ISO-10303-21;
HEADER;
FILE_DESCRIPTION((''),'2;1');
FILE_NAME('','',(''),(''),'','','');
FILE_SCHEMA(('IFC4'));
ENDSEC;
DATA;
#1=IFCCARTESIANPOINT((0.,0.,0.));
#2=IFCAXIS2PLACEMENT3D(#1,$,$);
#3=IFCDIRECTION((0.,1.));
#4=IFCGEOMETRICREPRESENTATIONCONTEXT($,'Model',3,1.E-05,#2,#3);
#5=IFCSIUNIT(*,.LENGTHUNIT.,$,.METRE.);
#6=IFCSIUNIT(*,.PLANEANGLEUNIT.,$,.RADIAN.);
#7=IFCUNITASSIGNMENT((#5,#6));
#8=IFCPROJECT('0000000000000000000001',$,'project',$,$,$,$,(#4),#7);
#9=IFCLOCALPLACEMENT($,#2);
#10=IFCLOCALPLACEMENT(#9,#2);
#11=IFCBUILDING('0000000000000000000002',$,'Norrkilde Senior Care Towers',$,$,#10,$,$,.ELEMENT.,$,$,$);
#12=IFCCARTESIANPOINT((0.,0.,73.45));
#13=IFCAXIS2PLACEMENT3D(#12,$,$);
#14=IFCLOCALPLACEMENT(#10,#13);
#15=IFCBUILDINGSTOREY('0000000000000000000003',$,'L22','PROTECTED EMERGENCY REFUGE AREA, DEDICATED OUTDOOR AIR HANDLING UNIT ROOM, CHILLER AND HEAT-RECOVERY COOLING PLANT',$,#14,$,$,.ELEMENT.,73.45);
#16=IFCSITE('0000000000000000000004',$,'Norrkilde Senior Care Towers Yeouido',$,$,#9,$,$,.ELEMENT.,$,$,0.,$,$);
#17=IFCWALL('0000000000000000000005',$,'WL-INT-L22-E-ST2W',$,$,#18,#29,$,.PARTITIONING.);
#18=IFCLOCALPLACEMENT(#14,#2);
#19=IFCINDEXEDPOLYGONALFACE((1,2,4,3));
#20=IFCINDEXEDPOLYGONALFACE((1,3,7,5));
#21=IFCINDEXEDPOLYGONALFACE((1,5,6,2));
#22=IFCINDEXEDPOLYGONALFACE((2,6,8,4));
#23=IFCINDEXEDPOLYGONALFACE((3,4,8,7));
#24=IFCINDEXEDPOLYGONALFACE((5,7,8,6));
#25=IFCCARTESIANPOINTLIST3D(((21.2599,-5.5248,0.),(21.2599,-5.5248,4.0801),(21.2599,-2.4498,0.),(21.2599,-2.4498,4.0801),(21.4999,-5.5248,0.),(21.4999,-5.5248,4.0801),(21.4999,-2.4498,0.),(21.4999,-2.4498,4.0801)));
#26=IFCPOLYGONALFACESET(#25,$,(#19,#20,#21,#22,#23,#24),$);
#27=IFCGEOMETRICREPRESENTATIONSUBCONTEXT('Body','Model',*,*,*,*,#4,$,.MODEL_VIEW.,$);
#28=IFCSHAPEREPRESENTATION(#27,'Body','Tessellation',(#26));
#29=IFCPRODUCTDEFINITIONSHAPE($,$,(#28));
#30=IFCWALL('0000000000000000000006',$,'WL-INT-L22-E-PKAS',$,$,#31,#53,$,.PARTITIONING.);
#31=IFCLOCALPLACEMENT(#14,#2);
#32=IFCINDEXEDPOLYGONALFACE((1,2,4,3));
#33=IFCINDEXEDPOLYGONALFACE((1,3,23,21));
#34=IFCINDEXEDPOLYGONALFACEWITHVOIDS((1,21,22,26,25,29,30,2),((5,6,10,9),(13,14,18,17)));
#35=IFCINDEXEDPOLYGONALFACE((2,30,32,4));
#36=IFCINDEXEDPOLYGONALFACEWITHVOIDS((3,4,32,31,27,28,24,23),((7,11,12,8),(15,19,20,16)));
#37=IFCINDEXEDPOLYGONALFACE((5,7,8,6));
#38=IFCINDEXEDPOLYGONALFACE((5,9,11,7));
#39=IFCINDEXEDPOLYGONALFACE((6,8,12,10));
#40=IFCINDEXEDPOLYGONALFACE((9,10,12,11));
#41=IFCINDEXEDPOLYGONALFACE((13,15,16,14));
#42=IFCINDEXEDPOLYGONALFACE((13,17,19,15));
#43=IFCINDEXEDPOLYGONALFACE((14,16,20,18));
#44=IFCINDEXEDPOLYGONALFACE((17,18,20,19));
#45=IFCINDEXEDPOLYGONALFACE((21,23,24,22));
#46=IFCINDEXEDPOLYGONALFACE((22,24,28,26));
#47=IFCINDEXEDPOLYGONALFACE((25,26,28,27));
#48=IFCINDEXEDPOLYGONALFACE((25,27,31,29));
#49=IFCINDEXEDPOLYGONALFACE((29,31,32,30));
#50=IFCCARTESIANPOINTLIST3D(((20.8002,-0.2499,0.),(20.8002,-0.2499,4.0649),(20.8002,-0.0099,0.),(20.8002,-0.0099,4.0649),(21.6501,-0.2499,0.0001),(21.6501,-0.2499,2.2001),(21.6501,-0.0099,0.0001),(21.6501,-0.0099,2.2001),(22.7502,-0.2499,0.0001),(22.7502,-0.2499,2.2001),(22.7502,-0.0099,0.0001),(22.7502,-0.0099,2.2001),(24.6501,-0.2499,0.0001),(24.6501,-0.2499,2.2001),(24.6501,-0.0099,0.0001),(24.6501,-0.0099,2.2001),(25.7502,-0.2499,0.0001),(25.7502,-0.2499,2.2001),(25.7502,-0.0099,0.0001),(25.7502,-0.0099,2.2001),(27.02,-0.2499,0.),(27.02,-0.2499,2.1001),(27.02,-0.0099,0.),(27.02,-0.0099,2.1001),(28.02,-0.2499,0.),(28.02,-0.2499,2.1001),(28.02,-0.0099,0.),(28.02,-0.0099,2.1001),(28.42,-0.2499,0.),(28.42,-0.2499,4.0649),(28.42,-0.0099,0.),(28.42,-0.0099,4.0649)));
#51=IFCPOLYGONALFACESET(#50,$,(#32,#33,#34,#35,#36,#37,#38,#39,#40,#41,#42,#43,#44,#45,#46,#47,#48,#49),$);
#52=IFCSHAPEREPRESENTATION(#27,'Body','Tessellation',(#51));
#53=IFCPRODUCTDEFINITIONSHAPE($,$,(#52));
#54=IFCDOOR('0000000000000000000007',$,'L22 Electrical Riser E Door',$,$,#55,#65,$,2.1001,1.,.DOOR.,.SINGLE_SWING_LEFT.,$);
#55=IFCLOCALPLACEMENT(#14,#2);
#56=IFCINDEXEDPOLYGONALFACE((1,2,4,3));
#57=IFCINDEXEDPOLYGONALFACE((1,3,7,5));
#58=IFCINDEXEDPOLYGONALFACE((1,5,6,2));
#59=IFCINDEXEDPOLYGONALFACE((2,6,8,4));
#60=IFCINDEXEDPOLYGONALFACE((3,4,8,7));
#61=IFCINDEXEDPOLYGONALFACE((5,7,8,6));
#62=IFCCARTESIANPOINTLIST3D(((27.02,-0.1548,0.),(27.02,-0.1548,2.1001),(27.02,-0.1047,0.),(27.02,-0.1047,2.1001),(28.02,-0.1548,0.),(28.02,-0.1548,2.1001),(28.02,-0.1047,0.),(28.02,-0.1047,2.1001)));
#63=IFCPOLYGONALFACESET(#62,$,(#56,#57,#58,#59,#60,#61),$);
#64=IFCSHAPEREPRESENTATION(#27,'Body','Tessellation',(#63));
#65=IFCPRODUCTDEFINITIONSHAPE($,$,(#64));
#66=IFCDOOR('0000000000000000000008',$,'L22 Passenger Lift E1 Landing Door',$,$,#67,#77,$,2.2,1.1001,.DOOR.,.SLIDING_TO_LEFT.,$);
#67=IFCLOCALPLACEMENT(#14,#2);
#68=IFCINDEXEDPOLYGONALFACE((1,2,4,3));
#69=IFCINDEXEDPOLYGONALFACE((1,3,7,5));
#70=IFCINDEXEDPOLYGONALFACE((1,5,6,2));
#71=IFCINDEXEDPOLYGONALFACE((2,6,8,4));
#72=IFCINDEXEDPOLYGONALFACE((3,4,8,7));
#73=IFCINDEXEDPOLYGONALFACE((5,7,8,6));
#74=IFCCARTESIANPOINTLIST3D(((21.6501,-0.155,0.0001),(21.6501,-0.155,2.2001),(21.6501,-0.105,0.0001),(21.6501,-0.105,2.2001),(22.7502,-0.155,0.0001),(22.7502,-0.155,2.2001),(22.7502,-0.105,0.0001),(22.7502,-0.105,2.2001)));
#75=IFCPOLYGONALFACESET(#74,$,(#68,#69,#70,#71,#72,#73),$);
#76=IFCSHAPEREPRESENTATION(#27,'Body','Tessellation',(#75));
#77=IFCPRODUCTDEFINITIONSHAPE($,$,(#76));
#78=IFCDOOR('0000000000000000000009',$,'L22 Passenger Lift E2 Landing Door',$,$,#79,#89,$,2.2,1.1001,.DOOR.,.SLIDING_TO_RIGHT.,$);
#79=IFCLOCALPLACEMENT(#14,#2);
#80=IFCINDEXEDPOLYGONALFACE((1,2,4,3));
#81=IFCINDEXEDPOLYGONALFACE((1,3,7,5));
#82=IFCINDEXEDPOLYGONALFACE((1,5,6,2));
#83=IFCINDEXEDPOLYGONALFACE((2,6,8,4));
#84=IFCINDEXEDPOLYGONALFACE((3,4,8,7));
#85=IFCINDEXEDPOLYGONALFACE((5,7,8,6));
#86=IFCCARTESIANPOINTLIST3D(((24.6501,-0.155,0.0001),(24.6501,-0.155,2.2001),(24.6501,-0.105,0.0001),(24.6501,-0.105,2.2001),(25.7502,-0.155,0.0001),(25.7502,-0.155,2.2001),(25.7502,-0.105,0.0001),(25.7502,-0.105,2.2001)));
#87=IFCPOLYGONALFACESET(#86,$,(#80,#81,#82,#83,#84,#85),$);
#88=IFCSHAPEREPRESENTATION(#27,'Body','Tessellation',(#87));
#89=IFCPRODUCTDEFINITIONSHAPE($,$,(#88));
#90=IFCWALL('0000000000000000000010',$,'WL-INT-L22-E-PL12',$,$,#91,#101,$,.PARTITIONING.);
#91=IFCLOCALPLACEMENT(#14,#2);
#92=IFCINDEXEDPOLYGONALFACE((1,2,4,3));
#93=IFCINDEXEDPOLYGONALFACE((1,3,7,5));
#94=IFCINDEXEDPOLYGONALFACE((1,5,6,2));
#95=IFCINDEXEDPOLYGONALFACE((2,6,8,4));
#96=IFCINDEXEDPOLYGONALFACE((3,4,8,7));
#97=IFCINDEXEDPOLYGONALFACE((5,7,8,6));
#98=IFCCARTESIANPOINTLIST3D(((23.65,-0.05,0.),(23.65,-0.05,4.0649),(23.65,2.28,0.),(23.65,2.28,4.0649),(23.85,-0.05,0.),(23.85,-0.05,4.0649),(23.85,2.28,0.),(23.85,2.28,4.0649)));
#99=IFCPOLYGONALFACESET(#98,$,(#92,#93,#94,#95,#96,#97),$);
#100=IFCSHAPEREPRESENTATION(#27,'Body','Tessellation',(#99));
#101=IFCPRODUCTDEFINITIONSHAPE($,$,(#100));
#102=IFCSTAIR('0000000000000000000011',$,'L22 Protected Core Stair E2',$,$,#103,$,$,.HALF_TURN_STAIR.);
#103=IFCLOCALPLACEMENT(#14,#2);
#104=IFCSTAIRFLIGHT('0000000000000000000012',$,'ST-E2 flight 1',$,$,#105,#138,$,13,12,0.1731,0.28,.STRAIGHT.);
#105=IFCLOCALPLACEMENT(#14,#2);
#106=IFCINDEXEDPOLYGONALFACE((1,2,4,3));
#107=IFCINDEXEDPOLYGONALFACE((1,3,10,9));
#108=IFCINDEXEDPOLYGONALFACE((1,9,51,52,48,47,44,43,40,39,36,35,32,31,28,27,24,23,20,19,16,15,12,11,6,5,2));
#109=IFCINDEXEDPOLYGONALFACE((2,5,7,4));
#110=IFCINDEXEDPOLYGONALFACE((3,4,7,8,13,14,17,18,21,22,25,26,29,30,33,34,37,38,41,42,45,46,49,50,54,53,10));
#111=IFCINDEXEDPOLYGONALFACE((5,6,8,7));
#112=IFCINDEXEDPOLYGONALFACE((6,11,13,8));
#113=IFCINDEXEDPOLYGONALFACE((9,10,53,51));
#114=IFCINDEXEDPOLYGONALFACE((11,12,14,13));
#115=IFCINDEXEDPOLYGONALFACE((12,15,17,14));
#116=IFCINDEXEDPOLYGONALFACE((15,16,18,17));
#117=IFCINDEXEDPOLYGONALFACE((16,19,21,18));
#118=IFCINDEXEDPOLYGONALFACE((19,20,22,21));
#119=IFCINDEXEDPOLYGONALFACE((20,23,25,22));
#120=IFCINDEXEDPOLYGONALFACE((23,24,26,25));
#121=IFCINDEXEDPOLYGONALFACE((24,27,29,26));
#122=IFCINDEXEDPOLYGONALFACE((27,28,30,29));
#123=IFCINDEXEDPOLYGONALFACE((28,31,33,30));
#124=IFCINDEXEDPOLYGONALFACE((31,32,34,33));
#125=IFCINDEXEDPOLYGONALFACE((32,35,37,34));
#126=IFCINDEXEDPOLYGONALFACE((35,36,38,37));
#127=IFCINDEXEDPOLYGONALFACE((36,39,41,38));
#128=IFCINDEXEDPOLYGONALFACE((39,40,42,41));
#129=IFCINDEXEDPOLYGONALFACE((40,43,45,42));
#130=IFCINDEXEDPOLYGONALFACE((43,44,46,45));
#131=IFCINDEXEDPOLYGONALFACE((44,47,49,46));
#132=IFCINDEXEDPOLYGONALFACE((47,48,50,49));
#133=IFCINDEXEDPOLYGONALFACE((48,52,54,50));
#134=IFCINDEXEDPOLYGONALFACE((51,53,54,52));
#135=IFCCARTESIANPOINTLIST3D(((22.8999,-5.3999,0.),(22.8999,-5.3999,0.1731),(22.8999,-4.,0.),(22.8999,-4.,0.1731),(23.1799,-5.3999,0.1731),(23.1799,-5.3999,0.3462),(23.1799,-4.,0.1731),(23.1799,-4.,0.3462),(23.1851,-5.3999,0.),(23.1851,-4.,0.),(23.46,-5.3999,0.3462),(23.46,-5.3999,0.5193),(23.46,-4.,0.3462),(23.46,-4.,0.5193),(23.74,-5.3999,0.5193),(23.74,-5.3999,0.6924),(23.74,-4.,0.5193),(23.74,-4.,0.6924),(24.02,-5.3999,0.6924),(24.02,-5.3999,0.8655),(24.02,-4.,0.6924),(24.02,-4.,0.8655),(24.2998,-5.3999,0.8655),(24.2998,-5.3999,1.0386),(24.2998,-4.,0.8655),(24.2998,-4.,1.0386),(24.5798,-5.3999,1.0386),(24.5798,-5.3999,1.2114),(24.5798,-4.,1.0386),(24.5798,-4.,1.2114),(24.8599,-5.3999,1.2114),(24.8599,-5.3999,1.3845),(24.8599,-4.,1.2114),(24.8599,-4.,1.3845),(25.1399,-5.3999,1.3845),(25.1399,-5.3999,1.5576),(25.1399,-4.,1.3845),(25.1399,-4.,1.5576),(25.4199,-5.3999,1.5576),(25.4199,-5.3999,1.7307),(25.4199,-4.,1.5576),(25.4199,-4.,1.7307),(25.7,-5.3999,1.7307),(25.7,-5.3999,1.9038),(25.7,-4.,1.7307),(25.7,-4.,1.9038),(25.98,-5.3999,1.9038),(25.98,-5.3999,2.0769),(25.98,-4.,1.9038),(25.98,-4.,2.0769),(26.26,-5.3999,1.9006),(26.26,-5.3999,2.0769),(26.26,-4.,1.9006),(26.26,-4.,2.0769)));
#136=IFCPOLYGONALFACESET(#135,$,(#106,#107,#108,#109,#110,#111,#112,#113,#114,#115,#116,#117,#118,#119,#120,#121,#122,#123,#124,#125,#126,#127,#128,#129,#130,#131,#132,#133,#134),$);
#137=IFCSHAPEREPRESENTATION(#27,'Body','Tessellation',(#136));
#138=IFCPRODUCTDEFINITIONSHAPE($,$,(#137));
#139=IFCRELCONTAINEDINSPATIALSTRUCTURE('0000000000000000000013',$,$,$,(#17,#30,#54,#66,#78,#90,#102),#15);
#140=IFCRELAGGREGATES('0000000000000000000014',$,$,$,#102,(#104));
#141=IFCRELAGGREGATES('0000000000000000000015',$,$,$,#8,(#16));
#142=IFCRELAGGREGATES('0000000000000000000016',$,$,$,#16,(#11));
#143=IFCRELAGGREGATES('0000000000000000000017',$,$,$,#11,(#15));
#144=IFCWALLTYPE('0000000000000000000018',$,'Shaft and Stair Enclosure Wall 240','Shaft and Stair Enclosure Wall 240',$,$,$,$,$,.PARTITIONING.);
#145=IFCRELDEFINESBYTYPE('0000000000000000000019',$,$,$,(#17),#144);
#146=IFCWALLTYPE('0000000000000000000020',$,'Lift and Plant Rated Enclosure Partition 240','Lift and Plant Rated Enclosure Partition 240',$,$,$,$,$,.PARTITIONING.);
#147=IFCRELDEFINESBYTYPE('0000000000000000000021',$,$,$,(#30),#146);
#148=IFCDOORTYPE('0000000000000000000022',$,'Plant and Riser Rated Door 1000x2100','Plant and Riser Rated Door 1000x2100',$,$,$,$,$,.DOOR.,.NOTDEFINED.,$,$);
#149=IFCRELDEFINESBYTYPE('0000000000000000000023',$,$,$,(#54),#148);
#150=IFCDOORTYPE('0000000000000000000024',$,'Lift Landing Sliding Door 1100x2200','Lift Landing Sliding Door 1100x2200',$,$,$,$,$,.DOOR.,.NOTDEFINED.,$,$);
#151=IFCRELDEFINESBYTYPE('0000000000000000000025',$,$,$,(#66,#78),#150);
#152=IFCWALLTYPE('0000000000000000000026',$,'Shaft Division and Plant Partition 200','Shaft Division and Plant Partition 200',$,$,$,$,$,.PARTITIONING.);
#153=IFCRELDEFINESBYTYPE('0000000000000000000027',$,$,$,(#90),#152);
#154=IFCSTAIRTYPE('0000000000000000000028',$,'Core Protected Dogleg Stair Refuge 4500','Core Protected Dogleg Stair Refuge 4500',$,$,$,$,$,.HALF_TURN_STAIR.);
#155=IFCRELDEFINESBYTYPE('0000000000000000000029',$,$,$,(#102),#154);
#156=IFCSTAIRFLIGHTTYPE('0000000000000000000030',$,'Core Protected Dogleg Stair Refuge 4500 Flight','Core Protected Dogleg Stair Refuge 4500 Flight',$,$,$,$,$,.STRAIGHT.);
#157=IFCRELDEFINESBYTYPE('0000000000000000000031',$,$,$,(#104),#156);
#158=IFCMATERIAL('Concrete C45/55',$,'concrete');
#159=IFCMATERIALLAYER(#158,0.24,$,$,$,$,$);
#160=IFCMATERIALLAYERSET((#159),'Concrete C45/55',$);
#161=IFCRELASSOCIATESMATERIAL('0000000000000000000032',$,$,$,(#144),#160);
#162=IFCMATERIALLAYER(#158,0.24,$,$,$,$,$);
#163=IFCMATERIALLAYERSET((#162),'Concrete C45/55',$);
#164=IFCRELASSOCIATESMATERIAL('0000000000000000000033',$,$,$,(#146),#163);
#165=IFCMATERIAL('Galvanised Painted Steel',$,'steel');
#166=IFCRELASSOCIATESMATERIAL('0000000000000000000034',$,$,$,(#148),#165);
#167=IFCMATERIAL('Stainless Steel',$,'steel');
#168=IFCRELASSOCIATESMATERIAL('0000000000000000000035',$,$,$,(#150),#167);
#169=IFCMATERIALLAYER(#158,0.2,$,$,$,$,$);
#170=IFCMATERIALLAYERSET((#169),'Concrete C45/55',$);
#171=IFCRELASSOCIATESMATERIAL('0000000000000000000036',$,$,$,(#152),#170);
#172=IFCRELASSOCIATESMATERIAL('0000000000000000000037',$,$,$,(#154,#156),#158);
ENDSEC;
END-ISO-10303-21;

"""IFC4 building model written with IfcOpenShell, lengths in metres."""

from ifc_helpers import new_model, si_unit, direction, frame, frame_2d, origin, place, context, subcontext, project, spatial, polyline, rectangle, outline, extrude, source, transform, mapped, material, layer, layer_set, type_object, type_shapes, element, fill, aggregate, save


model = new_model("IFC4")

# Units and contexts
model_context = context("Model", 3, precision=1e-05, world=origin(), true_north=direction((0.0, 1.0)))
body_context = subcontext(model_context, "Body", "Model", "MODEL_VIEW")
ifc_project = project(units=[si_unit("LENGTHUNIT", "METRE"), si_unit("PLANEANGLEUNIT", "RADIAN")], contexts=[model_context])

# Site, building, storey
site_placement = place(None, origin())
site = spatial("IfcSite", under=ifc_project, at=site_placement, Name="Norrkilde Senior Care Towers Yeouido", CompositionType="ELEMENT", RefElevation=0.0)
building_placement = place(site_placement, origin())
building = spatial("IfcBuilding", under=site, at=building_placement, Name="Norrkilde Senior Care Towers", CompositionType="ELEMENT")
storey_placement = place(building_placement, frame((0.0, 0.0, 73.45)))
storey = spatial("IfcBuildingStorey", under=building, at=storey_placement, Name="L22", Description="PROTECTED EMERGENCY REFUGE AREA, DEDICATED OUTDOOR AIR HANDLING UNIT ROOM, CHILLER AND HEAT-RECOVERY COOLING PLANT", CompositionType="ELEMENT", Elevation=73.45)

# Shared definitions
ifc_material_1 = material(Name="Galvanised Painted Steel", Category="steel")
ifc_material_2 = material(Name="Concrete C45/55", Category="concrete")
ifc_layer_1 = layer(ifc_material_2, 0.24)
ifc_layer_set_1 = layer_set([ifc_layer_1], Name="Concrete C45/55")
wall_type_1 = type_object("IfcWallType", Name="Shaft and Stair Enclosure Wall 240", Description="Shaft and Stair Enclosure Wall 240", PredefinedType="PARTITIONING", material=ifc_layer_set_1)

# Wall
shared_shape_1 = source(origin(), body_context, "Body", "SweptSolid", [
    extrude(rectangle(XDim=3.075, YDim=0.24, at=frame_2d((1.5376, 0.0))), origin(), (0.0, 0.0, 1.0), 4.0801),
])
wall_1_placement = place(storey_placement, frame((21.3799, -5.5249, 0.0), z_axis=(0.0, 0.0, 1.0), x_axis=(0.0, 1.0, 0.0)))
element("IfcWall", 1, at=wall_1_placement, inside=storey, type_object=wall_type_1, Name="WL-INT-L22-E-ST2W", PredefinedType="PARTITIONING", context=body_context, shape_type="MappedRepresentation", body=[
    mapped(shared_shape_1, transform((0.0, 0.0, 0.0), x_axis=(1.0, 0.0, 0.0), y_axis=(0.0, 1.0, 0.0), z_axis=(0.0, 0.0, 1.0), scale=1.0)),
])

# Wall, openings, doors
ifc_layer_2 = layer(ifc_material_2, 0.24)
ifc_layer_set_2 = layer_set([ifc_layer_2], Name="Concrete C45/55")
wall_type_2 = type_object("IfcWallType", Name="Lift and Plant Rated Enclosure Partition 240", Description="Lift and Plant Rated Enclosure Partition 240", PredefinedType="PARTITIONING", material=ifc_layer_set_2)
shared_shape_2 = source(origin(), body_context, "Body", "SweptSolid", [
    extrude(rectangle(XDim=7.6199, YDim=0.24, at=frame_2d((3.8101, 0.0))), origin(), (0.0, 0.0, 1.0), 4.0649),
])
type_shapes(wall_type_2, [shared_shape_2])
wall_2_placement = place(storey_placement, frame((20.8, -0.1299, 0.0), z_axis=(0.0, 0.0, 1.0), x_axis=(1.0, 0.0, 0.0)))
wall_2 = element("IfcWall", 2, at=wall_2_placement, inside=storey, type_object=wall_type_2, Name="WL-INT-L22-E-PKAS", PredefinedType="PARTITIONING", context=body_context, shape_type="MappedRepresentation", body=[
    mapped(shared_shape_2, transform((0.0, 0.0, 0.0), x_axis=(1.0, 0.0, 0.0), y_axis=(0.0, 1.0, 0.0), z_axis=(0.0, 0.0, 1.0), scale=1.0)),
])
opening_1_placement = place(wall_2_placement, frame((6.22, 0.0, 0.0)))
opening_1 = element("IfcOpeningElement", 3, at=opening_1_placement, cuts=wall_2, PredefinedType="OPENING", context=body_context, shape_type="SweptSolid", body=[
    extrude(rectangle(XDim=1.0, YDim=2.1001, at=frame_2d((0.5, 1.05))), frame((0.0, 0.1299, 0.0), z_axis=(0.0, -1.0, 0.0), x_axis=(1.0, 0.0, 0.0)), (0.0, 0.0, 1.0), 0.26),
])
opening_2_placement = place(wall_2_placement, frame((0.8501, 0.0, 0.0)))
opening_2 = element("IfcOpeningElement", 4, at=opening_2_placement, cuts=wall_2, PredefinedType="OPENING", context=body_context, shape_type="SweptSolid", body=[
    extrude(rectangle(XDim=1.1001, YDim=2.2, at=frame_2d((0.55, 1.1001))), frame((0.0, 0.1299, 0.0), z_axis=(0.0, -1.0, 0.0), x_axis=(1.0, 0.0, 0.0)), (0.0, 0.0, 1.0), 0.26),
])
opening_3_placement = place(wall_2_placement, frame((3.8501, 0.0, 0.0)))
opening_3 = element("IfcOpeningElement", 5, at=opening_3_placement, cuts=wall_2, PredefinedType="OPENING", context=body_context, shape_type="SweptSolid", body=[
    extrude(rectangle(XDim=1.1001, YDim=2.2, at=frame_2d((0.55, 1.1001))), frame((0.0, 0.1299, 0.0), z_axis=(0.0, -1.0, 0.0), x_axis=(1.0, 0.0, 0.0)), (0.0, 0.0, 1.0), 0.26),
])
door_type_1 = type_object("IfcDoorType", Name="Plant and Riser Rated Door 1000x2100", Description="Plant and Riser Rated Door 1000x2100", OperationType="NOTDEFINED", PredefinedType="DOOR", material=ifc_material_1)
shared_shape_3 = source(origin(), body_context, "Body", "SweptSolid", [
    extrude(rectangle(XDim=1.0, YDim=2.1001, at=frame_2d((0.5, 1.05))), frame((0.0, 0.0249, 0.0), z_axis=(0.0, -1.0, 0.0), x_axis=(1.0, 0.0, 0.0)), (0.0, 0.0, 1.0), 0.05),
])
type_shapes(door_type_1, [shared_shape_3])
door_1_placement = place(opening_1_placement, frame((1.0, 0.0, 0.0), z_axis=(0.0, 0.0, 1.0), x_axis=(-1.0, 0.0, 0.0)))
door_1 = element("IfcDoor", 6, at=door_1_placement, inside=storey, type_object=door_type_1, Name="L22 Electrical Riser E Door", OperationType="SINGLE_SWING_LEFT", OverallHeight=2.1001, OverallWidth=1.0, PredefinedType="DOOR", context=body_context, shape_type="MappedRepresentation", body=[
    mapped(shared_shape_3, transform((0.0, 0.0, 0.0), x_axis=(1.0, 0.0, 0.0), y_axis=(0.0, 1.0, 0.0), z_axis=(0.0, 0.0, 1.0), scale=1.0)),
])
fill(opening_1, door_1)
ifc_material_3 = material(Name="Stainless Steel", Category="steel")
door_type_2 = type_object("IfcDoorType", Name="Lift Landing Sliding Door 1100x2200", Description="Lift Landing Sliding Door 1100x2200", OperationType="NOTDEFINED", PredefinedType="DOOR", material=ifc_material_3)
shared_shape_4 = source(origin(), body_context, "Body", "SweptSolid", [
    extrude(rectangle(XDim=1.1001, YDim=2.2, at=frame_2d((0.55, 1.1001))), frame((0.0, 0.0249, 0.0), z_axis=(0.0, -1.0, 0.0), x_axis=(1.0, 0.0, 0.0)), (0.0, 0.0, 1.0), 0.05),
])
type_shapes(door_type_2, [shared_shape_4])
door_2_placement = place(opening_2_placement, origin())
door_2 = element("IfcDoor", 7, at=door_2_placement, inside=storey, type_object=door_type_2, Name="L22 Passenger Lift E1 Landing Door", OperationType="SLIDING_TO_LEFT", OverallHeight=2.2, OverallWidth=1.1001, PredefinedType="DOOR", context=body_context, shape_type="MappedRepresentation", body=[
    mapped(shared_shape_4, transform((0.0, 0.0, 0.0), x_axis=(1.0, 0.0, 0.0), y_axis=(0.0, 1.0, 0.0), z_axis=(0.0, 0.0, 1.0), scale=1.0)),
])
fill(opening_2, door_2)
door_3_placement = place(opening_3_placement, origin())
door_3 = element("IfcDoor", 8, at=door_3_placement, inside=storey, type_object=door_type_2, Name="L22 Passenger Lift E2 Landing Door", OperationType="SLIDING_TO_RIGHT", OverallHeight=2.2, OverallWidth=1.1001, PredefinedType="DOOR", context=body_context, shape_type="MappedRepresentation", body=[
    mapped(shared_shape_4, transform((0.0, 0.0, 0.0), x_axis=(1.0, 0.0, 0.0), y_axis=(0.0, 1.0, 0.0), z_axis=(0.0, 0.0, 1.0), scale=1.0)),
])
fill(opening_3, door_3)

# Wall
ifc_layer_3 = layer(ifc_material_2, 0.2)
ifc_layer_set_3 = layer_set([ifc_layer_3], Name="Concrete C45/55")
wall_type_3 = type_object("IfcWallType", Name="Shaft Division and Plant Partition 200", Description="Shaft Division and Plant Partition 200", PredefinedType="PARTITIONING", material=ifc_layer_set_3)
shared_shape_5 = source(origin(), body_context, "Body", "SweptSolid", [
    extrude(rectangle(XDim=2.3301, YDim=0.2, at=frame_2d((1.165, 0.0))), origin(), (0.0, 0.0, 1.0), 4.0649),
])
type_shapes(wall_type_3, [shared_shape_5])
wall_3_placement = place(storey_placement, frame((23.75, -0.05, 0.0), z_axis=(0.0, 0.0, 1.0), x_axis=(0.0, 1.0, 0.0)))
element("IfcWall", 9, at=wall_3_placement, inside=storey, type_object=wall_type_3, Name="WL-INT-L22-E-PL12", PredefinedType="PARTITIONING", context=body_context, shape_type="MappedRepresentation", body=[
    mapped(shared_shape_5, transform((0.0, 0.0, 0.0), x_axis=(1.0, 0.0, 0.0), y_axis=(0.0, 1.0, 0.0), z_axis=(0.0, 0.0, 1.0), scale=1.0)),
])

# Stair, stair flight
stair_type = type_object("IfcStairType", Name="Core Protected Dogleg Stair Refuge 4500", Description="Core Protected Dogleg Stair Refuge 4500", PredefinedType="HALF_TURN_STAIR", material=ifc_material_2)
stair_placement = place(storey_placement, origin())
stair = element("IfcStair", 10, at=stair_placement, inside=storey, type_object=stair_type, Name="L22 Protected Core Stair E2", PredefinedType="HALF_TURN_STAIR")
stair_flight_type = type_object("IfcStairFlightType", Name="Core Protected Dogleg Stair Refuge 4500 Flight", Description="Core Protected Dogleg Stair Refuge 4500 Flight", PredefinedType="STRAIGHT", material=ifc_material_2)
stair_flight_placement = place(storey_placement, frame((22.8999, -4.7, 0.0), z_axis=(0.0, 0.0, 1.0), x_axis=(1.0, 0.0, 0.0)))
stair_flight = element("IfcStairFlight", 11, at=stair_flight_placement, type_object=stair_flight_type, Name="ST-E2 flight 1", NumberOfRisers=13, NumberOfTreads=12, PredefinedType="STRAIGHT", RiserHeight=0.1731, TreadLength=0.28, context=body_context, shape_type="SweptSolid", body=[
    extrude(outline(polyline([(0.0, 0.0), (0.0, 0.1731), (0.28, 0.1731), (0.28, 0.3462), (0.5601, 0.3462), (0.5601, 0.5193), (0.8401, 0.5193), (0.8401, 0.6924), (1.1201, 0.6924), (1.1201, 0.8655), (1.3999, 0.8655), (1.3999, 1.0386), (1.6799, 1.0386), (1.6799, 1.2114), (1.96, 1.2114), (1.96, 1.3845), (2.24, 1.3845), (2.24, 1.5576), (2.52, 1.5576), (2.52, 1.7307), (2.8, 1.7307), (2.8, 1.9038), (3.0801, 1.9038), (3.0801, 2.0769), (3.3601, 2.0769), (3.3601, 2.25), (3.3601, 1.9006), (0.2852, 0.0), (0.0, 0.0)])), frame((0.0, 0.7, 0.0), z_axis=(0.0, -1.0, 0.0), x_axis=(1.0, 0.0, 0.0)), (0.0, 0.0, 1.0), 1.3999),
])
aggregate(stair, [stair_flight])

save(model, "model.ifc")
